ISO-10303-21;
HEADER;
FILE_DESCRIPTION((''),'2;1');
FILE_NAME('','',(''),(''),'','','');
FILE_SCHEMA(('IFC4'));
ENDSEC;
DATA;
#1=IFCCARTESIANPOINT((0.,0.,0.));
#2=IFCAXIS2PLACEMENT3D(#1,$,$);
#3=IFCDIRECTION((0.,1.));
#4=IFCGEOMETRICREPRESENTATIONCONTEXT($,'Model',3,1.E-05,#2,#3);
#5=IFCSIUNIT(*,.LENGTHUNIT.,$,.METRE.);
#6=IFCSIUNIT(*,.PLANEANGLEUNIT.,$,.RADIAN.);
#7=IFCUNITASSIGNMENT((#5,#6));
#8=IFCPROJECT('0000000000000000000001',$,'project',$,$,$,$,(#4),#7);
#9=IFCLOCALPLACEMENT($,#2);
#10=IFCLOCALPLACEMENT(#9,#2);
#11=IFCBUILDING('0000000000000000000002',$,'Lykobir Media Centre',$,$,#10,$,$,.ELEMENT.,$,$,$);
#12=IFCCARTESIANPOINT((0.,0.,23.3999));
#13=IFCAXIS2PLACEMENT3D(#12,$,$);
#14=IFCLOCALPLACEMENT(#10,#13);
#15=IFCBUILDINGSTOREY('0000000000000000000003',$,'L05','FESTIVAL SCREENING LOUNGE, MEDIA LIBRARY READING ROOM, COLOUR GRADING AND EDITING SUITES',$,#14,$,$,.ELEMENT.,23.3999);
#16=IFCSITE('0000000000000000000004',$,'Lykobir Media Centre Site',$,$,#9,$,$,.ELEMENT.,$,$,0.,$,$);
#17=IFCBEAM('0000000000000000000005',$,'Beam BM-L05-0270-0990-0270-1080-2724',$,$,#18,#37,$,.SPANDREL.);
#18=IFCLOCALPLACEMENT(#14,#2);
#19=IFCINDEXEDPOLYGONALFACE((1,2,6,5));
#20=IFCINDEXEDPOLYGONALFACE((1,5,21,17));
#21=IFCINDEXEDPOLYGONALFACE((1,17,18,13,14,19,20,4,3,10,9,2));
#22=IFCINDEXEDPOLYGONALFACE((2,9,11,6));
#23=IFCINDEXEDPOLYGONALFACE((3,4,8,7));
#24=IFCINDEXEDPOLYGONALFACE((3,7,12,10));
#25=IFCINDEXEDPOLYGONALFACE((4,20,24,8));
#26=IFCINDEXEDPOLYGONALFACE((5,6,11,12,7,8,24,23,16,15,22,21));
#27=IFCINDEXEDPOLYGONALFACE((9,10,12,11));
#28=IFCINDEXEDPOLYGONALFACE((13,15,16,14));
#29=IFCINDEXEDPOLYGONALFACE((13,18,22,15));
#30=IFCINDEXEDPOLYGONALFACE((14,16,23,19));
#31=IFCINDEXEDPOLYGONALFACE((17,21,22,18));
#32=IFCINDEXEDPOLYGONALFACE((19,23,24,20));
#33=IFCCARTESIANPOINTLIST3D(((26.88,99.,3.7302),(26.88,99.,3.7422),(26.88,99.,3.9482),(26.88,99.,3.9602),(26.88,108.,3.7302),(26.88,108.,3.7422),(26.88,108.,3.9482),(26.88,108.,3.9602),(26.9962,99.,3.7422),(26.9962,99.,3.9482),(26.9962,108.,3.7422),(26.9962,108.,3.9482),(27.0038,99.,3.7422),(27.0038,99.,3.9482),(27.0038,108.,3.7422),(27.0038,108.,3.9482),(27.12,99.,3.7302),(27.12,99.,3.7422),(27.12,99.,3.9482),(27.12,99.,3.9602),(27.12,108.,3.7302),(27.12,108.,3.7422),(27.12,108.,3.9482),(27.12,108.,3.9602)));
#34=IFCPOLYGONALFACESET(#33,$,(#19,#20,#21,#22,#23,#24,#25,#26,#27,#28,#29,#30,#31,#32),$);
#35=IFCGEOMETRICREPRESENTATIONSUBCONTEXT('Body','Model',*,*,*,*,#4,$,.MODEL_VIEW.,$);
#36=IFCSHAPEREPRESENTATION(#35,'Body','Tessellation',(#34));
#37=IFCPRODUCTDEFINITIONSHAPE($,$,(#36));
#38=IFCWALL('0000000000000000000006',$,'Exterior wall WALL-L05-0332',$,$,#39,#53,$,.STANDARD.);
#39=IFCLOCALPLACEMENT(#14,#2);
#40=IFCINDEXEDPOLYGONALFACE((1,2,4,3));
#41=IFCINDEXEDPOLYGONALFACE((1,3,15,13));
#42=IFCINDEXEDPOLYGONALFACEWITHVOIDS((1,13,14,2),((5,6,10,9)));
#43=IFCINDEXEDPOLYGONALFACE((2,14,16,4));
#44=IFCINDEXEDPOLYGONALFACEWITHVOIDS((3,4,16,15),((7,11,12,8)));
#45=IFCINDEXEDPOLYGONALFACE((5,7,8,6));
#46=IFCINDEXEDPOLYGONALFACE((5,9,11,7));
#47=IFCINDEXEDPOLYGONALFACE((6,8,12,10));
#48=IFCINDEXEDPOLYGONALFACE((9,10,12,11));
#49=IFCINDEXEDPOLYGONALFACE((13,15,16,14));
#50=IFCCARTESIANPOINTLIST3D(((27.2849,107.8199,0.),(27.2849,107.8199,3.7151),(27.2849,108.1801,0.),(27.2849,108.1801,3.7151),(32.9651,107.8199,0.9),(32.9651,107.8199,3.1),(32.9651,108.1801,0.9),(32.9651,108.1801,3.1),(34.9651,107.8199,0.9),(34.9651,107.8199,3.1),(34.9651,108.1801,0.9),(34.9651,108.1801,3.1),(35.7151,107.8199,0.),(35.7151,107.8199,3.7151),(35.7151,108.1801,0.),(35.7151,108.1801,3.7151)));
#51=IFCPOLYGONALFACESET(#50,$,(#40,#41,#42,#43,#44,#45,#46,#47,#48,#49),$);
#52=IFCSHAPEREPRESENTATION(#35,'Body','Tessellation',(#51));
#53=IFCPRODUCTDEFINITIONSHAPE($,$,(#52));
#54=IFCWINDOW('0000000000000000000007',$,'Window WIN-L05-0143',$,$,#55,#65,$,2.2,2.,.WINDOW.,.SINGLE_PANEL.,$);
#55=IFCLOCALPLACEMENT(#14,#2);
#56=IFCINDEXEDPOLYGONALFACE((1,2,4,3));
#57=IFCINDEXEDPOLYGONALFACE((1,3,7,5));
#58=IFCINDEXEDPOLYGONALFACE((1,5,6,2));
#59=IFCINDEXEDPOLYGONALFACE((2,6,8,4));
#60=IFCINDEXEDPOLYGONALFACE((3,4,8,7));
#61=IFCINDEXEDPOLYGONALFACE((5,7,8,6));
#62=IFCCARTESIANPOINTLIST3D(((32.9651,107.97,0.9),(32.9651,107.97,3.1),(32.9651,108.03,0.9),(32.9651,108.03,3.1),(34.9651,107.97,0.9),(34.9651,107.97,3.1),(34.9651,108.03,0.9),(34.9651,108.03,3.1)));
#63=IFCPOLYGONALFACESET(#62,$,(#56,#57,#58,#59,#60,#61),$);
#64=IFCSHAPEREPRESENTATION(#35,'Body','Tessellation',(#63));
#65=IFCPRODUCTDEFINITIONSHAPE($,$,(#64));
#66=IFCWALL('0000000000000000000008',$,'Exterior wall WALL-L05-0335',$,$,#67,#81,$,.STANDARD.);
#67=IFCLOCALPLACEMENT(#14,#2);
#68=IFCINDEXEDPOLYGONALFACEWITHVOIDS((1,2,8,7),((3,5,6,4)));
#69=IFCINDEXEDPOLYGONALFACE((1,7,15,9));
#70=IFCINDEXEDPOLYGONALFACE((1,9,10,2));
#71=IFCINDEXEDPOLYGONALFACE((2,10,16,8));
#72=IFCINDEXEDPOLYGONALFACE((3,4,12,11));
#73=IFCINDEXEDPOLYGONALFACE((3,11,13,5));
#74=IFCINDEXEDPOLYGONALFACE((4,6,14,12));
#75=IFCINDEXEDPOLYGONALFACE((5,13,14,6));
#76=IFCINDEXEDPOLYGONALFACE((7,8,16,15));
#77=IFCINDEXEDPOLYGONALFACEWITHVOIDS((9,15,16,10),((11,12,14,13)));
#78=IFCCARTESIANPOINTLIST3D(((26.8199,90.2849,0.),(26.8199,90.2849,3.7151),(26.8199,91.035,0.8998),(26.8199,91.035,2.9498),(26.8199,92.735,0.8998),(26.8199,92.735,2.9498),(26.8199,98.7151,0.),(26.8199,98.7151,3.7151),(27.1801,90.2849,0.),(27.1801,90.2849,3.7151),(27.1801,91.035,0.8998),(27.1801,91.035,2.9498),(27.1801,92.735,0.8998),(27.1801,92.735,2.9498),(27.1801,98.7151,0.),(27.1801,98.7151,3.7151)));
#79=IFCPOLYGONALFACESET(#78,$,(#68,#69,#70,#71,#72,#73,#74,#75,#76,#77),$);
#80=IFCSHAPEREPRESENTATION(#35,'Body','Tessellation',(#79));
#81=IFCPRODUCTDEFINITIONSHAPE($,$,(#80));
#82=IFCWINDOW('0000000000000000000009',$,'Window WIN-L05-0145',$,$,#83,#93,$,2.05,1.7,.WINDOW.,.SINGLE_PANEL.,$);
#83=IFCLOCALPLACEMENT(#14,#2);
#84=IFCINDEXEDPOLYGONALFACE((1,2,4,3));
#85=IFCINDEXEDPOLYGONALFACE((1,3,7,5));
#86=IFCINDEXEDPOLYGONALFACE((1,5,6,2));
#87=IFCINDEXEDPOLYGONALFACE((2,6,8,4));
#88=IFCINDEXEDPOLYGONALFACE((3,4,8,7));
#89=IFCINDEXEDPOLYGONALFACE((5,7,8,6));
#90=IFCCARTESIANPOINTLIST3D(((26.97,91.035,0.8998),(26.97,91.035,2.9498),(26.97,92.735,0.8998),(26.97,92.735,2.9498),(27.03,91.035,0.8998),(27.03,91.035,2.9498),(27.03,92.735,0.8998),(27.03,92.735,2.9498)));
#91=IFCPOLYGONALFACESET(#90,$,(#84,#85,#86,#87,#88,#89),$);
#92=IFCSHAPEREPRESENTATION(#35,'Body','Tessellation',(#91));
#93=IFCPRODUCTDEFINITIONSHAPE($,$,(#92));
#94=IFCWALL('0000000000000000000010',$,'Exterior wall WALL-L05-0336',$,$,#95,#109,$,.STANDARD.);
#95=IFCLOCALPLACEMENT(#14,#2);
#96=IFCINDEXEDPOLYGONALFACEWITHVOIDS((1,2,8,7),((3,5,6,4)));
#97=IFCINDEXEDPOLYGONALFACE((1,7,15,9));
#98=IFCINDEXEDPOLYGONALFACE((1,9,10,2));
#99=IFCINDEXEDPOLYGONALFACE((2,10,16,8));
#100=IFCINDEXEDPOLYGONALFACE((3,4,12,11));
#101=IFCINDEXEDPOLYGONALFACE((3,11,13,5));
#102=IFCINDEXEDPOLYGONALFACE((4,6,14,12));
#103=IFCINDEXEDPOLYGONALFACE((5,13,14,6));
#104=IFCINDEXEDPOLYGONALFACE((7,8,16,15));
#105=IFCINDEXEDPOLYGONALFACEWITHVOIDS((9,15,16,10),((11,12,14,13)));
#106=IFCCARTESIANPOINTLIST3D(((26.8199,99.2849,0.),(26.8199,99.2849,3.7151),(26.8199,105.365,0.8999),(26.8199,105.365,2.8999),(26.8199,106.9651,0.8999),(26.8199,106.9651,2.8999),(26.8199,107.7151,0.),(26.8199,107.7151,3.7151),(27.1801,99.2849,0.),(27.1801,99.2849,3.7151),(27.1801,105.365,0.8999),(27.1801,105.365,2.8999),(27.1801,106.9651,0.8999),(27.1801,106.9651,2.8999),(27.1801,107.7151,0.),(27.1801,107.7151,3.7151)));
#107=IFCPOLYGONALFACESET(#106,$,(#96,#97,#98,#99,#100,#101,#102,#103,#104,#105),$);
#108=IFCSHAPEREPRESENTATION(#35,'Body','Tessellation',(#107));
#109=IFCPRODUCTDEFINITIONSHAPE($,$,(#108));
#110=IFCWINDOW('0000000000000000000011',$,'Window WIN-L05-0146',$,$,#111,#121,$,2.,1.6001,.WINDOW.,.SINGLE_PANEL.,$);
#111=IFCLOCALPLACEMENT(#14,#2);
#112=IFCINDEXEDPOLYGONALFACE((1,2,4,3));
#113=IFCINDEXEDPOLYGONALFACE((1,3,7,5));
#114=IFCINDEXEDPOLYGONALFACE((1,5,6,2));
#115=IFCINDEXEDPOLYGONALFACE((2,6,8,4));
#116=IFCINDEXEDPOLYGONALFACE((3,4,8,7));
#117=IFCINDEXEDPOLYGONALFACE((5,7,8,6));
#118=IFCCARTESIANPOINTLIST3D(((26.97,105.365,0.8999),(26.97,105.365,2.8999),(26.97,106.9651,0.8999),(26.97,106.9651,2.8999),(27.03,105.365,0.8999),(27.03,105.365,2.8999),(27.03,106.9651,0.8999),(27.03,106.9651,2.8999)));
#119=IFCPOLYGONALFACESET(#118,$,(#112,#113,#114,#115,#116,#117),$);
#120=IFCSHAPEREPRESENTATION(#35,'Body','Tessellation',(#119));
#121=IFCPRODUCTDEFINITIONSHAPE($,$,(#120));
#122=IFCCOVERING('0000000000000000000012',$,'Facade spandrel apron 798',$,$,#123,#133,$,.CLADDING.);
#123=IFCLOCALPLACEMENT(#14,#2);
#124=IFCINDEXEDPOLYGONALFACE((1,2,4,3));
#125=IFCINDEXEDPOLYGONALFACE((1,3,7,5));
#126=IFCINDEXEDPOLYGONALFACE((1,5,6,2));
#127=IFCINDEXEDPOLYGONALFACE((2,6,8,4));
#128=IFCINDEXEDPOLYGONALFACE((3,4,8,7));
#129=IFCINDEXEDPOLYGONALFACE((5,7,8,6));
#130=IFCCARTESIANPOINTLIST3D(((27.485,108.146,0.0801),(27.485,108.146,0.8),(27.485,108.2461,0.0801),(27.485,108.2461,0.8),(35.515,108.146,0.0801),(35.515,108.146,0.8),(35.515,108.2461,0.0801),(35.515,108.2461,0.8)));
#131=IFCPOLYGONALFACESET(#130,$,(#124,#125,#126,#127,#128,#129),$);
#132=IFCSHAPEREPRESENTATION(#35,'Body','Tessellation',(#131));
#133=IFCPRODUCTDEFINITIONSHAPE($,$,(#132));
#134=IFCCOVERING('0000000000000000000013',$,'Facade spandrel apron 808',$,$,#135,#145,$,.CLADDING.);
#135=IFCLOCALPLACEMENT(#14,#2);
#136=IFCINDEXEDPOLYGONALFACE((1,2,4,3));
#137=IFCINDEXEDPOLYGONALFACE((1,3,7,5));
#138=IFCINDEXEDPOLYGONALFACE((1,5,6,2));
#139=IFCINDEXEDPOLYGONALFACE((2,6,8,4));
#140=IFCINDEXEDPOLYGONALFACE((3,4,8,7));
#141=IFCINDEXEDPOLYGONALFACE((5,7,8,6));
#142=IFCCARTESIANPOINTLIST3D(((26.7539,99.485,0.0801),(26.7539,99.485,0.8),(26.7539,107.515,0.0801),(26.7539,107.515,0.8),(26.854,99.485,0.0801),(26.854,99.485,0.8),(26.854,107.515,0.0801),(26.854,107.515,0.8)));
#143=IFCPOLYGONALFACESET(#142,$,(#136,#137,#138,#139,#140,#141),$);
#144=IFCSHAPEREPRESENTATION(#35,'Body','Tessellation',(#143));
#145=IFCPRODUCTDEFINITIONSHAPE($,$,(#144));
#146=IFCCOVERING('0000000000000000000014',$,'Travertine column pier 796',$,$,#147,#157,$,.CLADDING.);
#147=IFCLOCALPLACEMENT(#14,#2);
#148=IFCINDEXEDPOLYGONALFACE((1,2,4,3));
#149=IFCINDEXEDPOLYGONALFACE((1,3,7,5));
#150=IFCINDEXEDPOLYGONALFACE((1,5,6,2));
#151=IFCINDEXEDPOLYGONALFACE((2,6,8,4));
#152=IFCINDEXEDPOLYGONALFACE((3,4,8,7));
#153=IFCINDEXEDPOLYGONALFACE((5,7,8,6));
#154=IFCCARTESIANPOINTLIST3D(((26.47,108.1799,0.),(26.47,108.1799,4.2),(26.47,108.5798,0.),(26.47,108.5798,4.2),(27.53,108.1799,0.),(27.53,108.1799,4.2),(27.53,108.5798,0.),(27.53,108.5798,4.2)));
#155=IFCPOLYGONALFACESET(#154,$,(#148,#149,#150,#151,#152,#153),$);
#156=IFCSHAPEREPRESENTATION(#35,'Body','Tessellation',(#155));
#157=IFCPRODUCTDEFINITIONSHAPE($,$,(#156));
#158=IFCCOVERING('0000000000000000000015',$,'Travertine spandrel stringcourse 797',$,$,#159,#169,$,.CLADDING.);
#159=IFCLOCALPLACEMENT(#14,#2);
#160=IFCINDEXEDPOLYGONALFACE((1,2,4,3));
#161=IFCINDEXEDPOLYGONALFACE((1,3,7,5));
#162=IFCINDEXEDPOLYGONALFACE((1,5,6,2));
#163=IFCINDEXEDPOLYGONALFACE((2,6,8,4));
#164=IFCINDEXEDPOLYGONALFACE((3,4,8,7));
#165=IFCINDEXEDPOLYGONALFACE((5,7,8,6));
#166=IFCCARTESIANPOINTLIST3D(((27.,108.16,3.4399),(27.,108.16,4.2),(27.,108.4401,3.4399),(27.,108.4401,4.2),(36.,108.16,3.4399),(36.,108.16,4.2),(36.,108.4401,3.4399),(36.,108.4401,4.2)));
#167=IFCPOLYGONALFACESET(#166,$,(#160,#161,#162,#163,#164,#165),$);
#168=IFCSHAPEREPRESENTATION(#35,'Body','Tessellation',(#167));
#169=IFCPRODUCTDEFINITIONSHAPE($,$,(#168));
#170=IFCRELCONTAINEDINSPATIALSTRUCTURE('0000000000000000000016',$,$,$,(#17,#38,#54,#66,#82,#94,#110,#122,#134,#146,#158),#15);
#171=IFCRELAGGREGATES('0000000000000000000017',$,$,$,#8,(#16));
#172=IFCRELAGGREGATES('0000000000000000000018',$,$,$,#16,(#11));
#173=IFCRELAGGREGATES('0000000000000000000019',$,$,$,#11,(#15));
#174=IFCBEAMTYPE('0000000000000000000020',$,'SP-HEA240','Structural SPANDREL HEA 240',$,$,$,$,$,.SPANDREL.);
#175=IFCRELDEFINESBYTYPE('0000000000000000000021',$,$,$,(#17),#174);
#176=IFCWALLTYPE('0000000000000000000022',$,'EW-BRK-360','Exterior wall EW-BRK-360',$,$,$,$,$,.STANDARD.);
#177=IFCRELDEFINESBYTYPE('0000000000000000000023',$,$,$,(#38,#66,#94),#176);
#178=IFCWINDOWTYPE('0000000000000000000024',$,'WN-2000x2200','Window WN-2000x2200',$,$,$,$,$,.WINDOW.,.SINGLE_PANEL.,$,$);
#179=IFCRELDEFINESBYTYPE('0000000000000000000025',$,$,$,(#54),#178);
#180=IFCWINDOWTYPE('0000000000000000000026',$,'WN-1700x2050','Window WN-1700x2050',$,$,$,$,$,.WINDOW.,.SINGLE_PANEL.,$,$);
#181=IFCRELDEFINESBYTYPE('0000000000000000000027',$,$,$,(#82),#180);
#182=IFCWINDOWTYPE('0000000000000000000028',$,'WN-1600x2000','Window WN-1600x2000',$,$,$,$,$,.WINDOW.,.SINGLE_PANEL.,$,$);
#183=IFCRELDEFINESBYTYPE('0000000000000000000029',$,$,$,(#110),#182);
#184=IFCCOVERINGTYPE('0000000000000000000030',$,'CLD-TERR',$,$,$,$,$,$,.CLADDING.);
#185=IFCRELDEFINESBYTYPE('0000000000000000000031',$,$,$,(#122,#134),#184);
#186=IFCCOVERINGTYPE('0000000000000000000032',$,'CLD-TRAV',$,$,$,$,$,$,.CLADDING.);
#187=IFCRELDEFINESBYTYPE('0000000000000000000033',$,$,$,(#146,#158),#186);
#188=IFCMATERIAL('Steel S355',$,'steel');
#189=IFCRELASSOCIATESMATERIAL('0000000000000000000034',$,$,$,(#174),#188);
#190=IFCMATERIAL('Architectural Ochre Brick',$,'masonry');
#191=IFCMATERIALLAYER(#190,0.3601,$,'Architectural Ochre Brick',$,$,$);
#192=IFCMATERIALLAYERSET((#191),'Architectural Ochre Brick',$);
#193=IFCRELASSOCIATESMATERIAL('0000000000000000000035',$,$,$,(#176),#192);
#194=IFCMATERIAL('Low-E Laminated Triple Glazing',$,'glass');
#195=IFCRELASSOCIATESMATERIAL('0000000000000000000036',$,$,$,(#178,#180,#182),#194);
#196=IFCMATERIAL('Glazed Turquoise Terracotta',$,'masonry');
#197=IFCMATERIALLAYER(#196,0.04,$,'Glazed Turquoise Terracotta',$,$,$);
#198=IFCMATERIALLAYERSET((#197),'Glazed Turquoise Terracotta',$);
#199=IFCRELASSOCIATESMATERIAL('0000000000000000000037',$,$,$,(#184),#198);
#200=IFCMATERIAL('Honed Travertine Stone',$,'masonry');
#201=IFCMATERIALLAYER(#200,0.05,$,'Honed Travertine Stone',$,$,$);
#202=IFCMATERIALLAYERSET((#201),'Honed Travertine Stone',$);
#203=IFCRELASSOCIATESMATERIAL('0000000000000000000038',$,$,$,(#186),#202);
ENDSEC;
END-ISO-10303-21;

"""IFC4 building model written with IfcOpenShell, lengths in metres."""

from ifc_helpers import new_model, si_unit, direction, frame, frame_2d, origin, origin_2d, place, context, subcontext, project, spatial, rectangle, i_section, extrude, material, layer, layer_set, material_profile, profile_set, type_object, element, fill, save


model = new_model("IFC4")

# Units and contexts
model_context = context("Model", 3, precision=1e-05, world=origin(), true_north=direction((0.0, 1.0)))
body_context = subcontext(model_context, "Body", "Model", "MODEL_VIEW")
ifc_project = project(units=[si_unit("LENGTHUNIT", "METRE"), si_unit("PLANEANGLEUNIT", "RADIAN")], contexts=[model_context])

# Site, building, storey
site_placement = place(None, origin())
site = spatial("IfcSite", under=ifc_project, at=site_placement, Name="Lykobir Media Centre Site", CompositionType="ELEMENT", RefElevation=0.0)
building_placement = place(site_placement, origin())
building = spatial("IfcBuilding", under=site, at=building_placement, Name="Lykobir Media Centre", CompositionType="ELEMENT")
storey_placement = place(building_placement, frame((0.0, 0.0, 23.3999)))
storey = spatial("IfcBuildingStorey", under=building, at=storey_placement, Name="L05", Description="FESTIVAL SCREENING LOUNGE, MEDIA LIBRARY READING ROOM, COLOUR GRADING AND EDITING SUITES", CompositionType="ELEMENT", Elevation=23.3999)

# Shared definitions
ifc_material_1 = material(Name="Steel S355", Category="steel")

# Beam
ifc_material_profile_1 = material_profile(ifc_material_1, i_section(OverallWidth=0.24, OverallDepth=0.23, WebThickness=0.0076, FlangeThickness=0.012, at=origin_2d()), Name="HEA 240")
ifc_profile_set_1 = profile_set([ifc_material_profile_1], Name="Steel S355")
beam_type_1 = type_object("IfcBeamType", Name="SP-HEA240", Description="Structural SPANDREL HEA 240", PredefinedType="SPANDREL", material=ifc_profile_set_1)
for number, where, z_axis, x_axis, name in (
    (1, (27.0, 99.0, 3.8452), (0.0, 1.0, 0.0), (-1.0, 0.0, 0.0), "Beam BM-L05-0270-0990-0270-1080-2724"),
):
    element("IfcBeam", number, at=place(storey_placement, frame(where, z_axis=z_axis, x_axis=x_axis)), inside=storey, type_object=beam_type_1, Name=name, PredefinedType="SPANDREL", context=body_context, shape_type="SweptSolid", body=[
        extrude(i_section(OverallWidth=0.24, OverallDepth=0.23, WebThickness=0.0076, FlangeThickness=0.012, at=origin_2d()), origin(), (0.0, 0.0, 1.0), 9.0),
    ])

# Walls, openings, windows
ifc_material_2 = material(Name="Architectural Ochre Brick", Category="masonry")
ifc_layer_1 = layer(ifc_material_2, 0.3601, Name="Architectural Ochre Brick")
ifc_layer_set_1 = layer_set([ifc_layer_1], Name="Architectural Ochre Brick")
wall_type = type_object("IfcWallType", Name="EW-BRK-360", Description="Exterior wall EW-BRK-360", PredefinedType="STANDARD", material=ifc_layer_set_1)
wall_1_placement = place(storey_placement, frame((35.7151, 108.0, 0.0), z_axis=(0.0, 0.0, 1.0), x_axis=(-1.0, 0.0, 0.0)))
wall_1 = element("IfcWall", 2, at=wall_1_placement, inside=storey, type_object=wall_type, Name="Exterior wall WALL-L05-0332", PredefinedType="STANDARD", context=body_context, shape_type="SweptSolid", body=[
    extrude(rectangle(XDim=8.4302, YDim=0.3601, at=frame_2d((4.2151, 0.0))), origin(), (0.0, 0.0, 1.0), 3.7151),
])
opening_1_placement = place(wall_1_placement, frame((0.75, 0.0, 0.8999)))
opening_1 = element("IfcOpeningElement", 3, at=opening_1_placement, cuts=wall_1, PredefinedType="OPENING", context=body_context, shape_type="SweptSolid", body=[
    extrude(rectangle(XDim=2.0, YDim=2.2, at=frame_2d((1.0, 1.1001))), frame((0.0, 0.1899, 0.0), z_axis=(0.0, -1.0, 0.0), x_axis=(1.0, 0.0, 0.0)), (0.0, 0.0, 1.0), 0.3801),
])
ifc_material_3 = material(Name="Low-E Laminated Triple Glazing", Category="glass")
window_type_1 = type_object("IfcWindowType", Name="WN-2000x2200", Description="Window WN-2000x2200", PartitioningType="SINGLE_PANEL", PredefinedType="WINDOW", material=ifc_material_3)
window_1_placement = place(opening_1_placement, origin())
window_1 = element("IfcWindow", 4, at=window_1_placement, inside=storey, type_object=window_type_1, Name="Window WIN-L05-0143", OverallHeight=2.2, OverallWidth=2.0, PartitioningType="SINGLE_PANEL", PredefinedType="WINDOW", context=body_context, shape_type="SweptSolid", body=[
    extrude(rectangle(XDim=2.0, YDim=2.2, at=frame_2d((1.0, 1.1001))), frame((0.0, 0.03, 0.0), z_axis=(0.0, -1.0, 0.0), x_axis=(1.0, 0.0, 0.0)), (0.0, 0.0, 1.0), 0.0601),
])
fill(opening_1, window_1)
wall_2_placement = place(storey_placement, frame((27.0, 98.7151, 0.0), z_axis=(0.0, 0.0, 1.0), x_axis=(0.0, -1.0, 0.0)))
wall_2 = element("IfcWall", 5, at=wall_2_placement, inside=storey, type_object=wall_type, Name="Exterior wall WALL-L05-0335", PredefinedType="STANDARD", context=body_context, shape_type="SweptSolid", body=[
    extrude(rectangle(XDim=8.4302, YDim=0.3601, at=frame_2d((4.2151, 0.0))), origin(), (0.0, 0.0, 1.0), 3.7151),
])
opening_2_placement = place(wall_2_placement, frame((5.98, 0.0, 0.8999)))
opening_2 = element("IfcOpeningElement", 6, at=opening_2_placement, cuts=wall_2, PredefinedType="OPENING", context=body_context, shape_type="SweptSolid", body=[
    extrude(rectangle(XDim=1.7, YDim=2.05, at=frame_2d((0.8501, 1.0249))), frame((0.0, 0.1899, 0.0), z_axis=(0.0, -1.0, 0.0), x_axis=(1.0, 0.0, 0.0)), (0.0, 0.0, 1.0), 0.3801),
])
window_type_2 = type_object("IfcWindowType", Name="WN-1700x2050", Description="Window WN-1700x2050", PartitioningType="SINGLE_PANEL", PredefinedType="WINDOW", material=ifc_material_3)
window_2_placement = place(opening_2_placement, origin())
window_2 = element("IfcWindow", 7, at=window_2_placement, inside=storey, type_object=window_type_2, Name="Window WIN-L05-0145", OverallHeight=2.05, OverallWidth=1.7, PartitioningType="SINGLE_PANEL", PredefinedType="WINDOW", context=body_context, shape_type="SweptSolid", body=[
    extrude(rectangle(XDim=1.7, YDim=2.05, at=frame_2d((0.8501, 1.0249))), frame((0.0, 0.03, 0.0), z_axis=(0.0, -1.0, 0.0), x_axis=(1.0, 0.0, 0.0)), (0.0, 0.0, 1.0), 0.0601),
])
fill(opening_2, window_2)
wall_3_placement = place(storey_placement, frame((27.0, 107.7151, 0.0), z_axis=(0.0, 0.0, 1.0), x_axis=(0.0, -1.0, 0.0)))
wall_3 = element("IfcWall", 8, at=wall_3_placement, inside=storey, type_object=wall_type, Name="Exterior wall WALL-L05-0336", PredefinedType="STANDARD", context=body_context, shape_type="SweptSolid", body=[
    extrude(rectangle(XDim=8.4302, YDim=0.3601, at=frame_2d((4.2151, 0.0))), origin(), (0.0, 0.0, 1.0), 3.7151),
])
opening_3_placement = place(wall_3_placement, frame((0.75, 0.0, 0.8999)))
opening_3 = element("IfcOpeningElement", 9, at=opening_3_placement, cuts=wall_3, PredefinedType="OPENING", context=body_context, shape_type="SweptSolid", body=[
    extrude(rectangle(XDim=1.6001, YDim=2.0, at=frame_2d((0.8, 1.0))), frame((0.0, 0.1899, 0.0), z_axis=(0.0, -1.0, 0.0), x_axis=(1.0, 0.0, 0.0)), (0.0, 0.0, 1.0), 0.3801),
])
window_type_3 = type_object("IfcWindowType", Name="WN-1600x2000", Description="Window WN-1600x2000", PartitioningType="SINGLE_PANEL", PredefinedType="WINDOW", material=ifc_material_3)
window_3_placement = place(opening_3_placement, origin())
window_3 = element("IfcWindow", 10, at=window_3_placement, inside=storey, type_object=window_type_3, Name="Window WIN-L05-0146", OverallHeight=2.0, OverallWidth=1.6001, PartitioningType="SINGLE_PANEL", PredefinedType="WINDOW", context=body_context, shape_type="SweptSolid", body=[
    extrude(rectangle(XDim=1.6001, YDim=2.0, at=frame_2d((0.8, 1.0))), frame((0.0, 0.03, 0.0), z_axis=(0.0, -1.0, 0.0), x_axis=(1.0, 0.0, 0.0)), (0.0, 0.0, 1.0), 0.0601),
])
fill(opening_3, window_3)

# Coverings
ifc_material_4 = material(Name="Glazed Turquoise Terracotta", Category="masonry")
ifc_layer_2 = layer(ifc_material_4, 0.04, Name="Glazed Turquoise Terracotta")
ifc_layer_set_2 = layer_set([ifc_layer_2], Name="Glazed Turquoise Terracotta")
covering_type_1 = type_object("IfcCoveringType", Name="CLD-TERR", PredefinedType="CLADDING", material=ifc_layer_set_2)
for number, where, z_axis, x_axis, name in (
    (11, (31.5, 108.196, 0.0801), (0.0, 0.0, 1.0), (-1.0, 0.0, 0.0), "Facade spandrel apron 798"),
    (12, (26.804, 103.5, 0.0801), (0.0, 0.0, 1.0), (0.0, -1.0, 0.0), "Facade spandrel apron 808"),
):
    element("IfcCovering", number, at=place(storey_placement, frame(where, z_axis=z_axis, x_axis=x_axis)), inside=storey, type_object=covering_type_1, Name=name, PredefinedType="CLADDING", context=body_context, shape_type="SweptSolid", body=[
        extrude(rectangle(XDim=8.03, YDim=0.1001, at=origin_2d()), origin(), (0.0, 0.0, 1.0), 0.72),
    ])
ifc_material_5 = material(Name="Honed Travertine Stone", Category="masonry")
ifc_layer_3 = layer(ifc_material_5, 0.05, Name="Honed Travertine Stone")
ifc_layer_set_3 = layer_set([ifc_layer_3], Name="Honed Travertine Stone")
covering_type_2 = type_object("IfcCoveringType", Name="CLD-TRAV", PredefinedType="CLADDING", material=ifc_layer_set_3)
covering_1_placement = place(storey_placement, frame((27.0, 108.3799, 0.0), z_axis=(0.0, 0.0, 1.0), x_axis=(-1.0, 0.0, 0.0)))
element("IfcCovering", 13, at=covering_1_placement, inside=storey, type_object=covering_type_2, Name="Travertine column pier 796", PredefinedType="CLADDING", context=body_context, shape_type="SweptSolid", body=[
    extrude(rectangle(XDim=1.0601, YDim=0.3999, at=origin_2d()), origin(), (0.0, 0.0, 1.0), 4.2),
])
covering_2_placement = place(storey_placement, frame((31.5, 108.3, 3.4399), z_axis=(0.0, 0.0, 1.0), x_axis=(-1.0, 0.0, 0.0)))
element("IfcCovering", 14, at=covering_2_placement, inside=storey, type_object=covering_type_2, Name="Travertine spandrel stringcourse 797", PredefinedType="CLADDING", context=body_context, shape_type="SweptSolid", body=[
    extrude(rectangle(XDim=9.0, YDim=0.28, at=origin_2d()), origin(), (0.0, 0.0, 1.0), 0.76),
])

save(model, "model.ifc")
